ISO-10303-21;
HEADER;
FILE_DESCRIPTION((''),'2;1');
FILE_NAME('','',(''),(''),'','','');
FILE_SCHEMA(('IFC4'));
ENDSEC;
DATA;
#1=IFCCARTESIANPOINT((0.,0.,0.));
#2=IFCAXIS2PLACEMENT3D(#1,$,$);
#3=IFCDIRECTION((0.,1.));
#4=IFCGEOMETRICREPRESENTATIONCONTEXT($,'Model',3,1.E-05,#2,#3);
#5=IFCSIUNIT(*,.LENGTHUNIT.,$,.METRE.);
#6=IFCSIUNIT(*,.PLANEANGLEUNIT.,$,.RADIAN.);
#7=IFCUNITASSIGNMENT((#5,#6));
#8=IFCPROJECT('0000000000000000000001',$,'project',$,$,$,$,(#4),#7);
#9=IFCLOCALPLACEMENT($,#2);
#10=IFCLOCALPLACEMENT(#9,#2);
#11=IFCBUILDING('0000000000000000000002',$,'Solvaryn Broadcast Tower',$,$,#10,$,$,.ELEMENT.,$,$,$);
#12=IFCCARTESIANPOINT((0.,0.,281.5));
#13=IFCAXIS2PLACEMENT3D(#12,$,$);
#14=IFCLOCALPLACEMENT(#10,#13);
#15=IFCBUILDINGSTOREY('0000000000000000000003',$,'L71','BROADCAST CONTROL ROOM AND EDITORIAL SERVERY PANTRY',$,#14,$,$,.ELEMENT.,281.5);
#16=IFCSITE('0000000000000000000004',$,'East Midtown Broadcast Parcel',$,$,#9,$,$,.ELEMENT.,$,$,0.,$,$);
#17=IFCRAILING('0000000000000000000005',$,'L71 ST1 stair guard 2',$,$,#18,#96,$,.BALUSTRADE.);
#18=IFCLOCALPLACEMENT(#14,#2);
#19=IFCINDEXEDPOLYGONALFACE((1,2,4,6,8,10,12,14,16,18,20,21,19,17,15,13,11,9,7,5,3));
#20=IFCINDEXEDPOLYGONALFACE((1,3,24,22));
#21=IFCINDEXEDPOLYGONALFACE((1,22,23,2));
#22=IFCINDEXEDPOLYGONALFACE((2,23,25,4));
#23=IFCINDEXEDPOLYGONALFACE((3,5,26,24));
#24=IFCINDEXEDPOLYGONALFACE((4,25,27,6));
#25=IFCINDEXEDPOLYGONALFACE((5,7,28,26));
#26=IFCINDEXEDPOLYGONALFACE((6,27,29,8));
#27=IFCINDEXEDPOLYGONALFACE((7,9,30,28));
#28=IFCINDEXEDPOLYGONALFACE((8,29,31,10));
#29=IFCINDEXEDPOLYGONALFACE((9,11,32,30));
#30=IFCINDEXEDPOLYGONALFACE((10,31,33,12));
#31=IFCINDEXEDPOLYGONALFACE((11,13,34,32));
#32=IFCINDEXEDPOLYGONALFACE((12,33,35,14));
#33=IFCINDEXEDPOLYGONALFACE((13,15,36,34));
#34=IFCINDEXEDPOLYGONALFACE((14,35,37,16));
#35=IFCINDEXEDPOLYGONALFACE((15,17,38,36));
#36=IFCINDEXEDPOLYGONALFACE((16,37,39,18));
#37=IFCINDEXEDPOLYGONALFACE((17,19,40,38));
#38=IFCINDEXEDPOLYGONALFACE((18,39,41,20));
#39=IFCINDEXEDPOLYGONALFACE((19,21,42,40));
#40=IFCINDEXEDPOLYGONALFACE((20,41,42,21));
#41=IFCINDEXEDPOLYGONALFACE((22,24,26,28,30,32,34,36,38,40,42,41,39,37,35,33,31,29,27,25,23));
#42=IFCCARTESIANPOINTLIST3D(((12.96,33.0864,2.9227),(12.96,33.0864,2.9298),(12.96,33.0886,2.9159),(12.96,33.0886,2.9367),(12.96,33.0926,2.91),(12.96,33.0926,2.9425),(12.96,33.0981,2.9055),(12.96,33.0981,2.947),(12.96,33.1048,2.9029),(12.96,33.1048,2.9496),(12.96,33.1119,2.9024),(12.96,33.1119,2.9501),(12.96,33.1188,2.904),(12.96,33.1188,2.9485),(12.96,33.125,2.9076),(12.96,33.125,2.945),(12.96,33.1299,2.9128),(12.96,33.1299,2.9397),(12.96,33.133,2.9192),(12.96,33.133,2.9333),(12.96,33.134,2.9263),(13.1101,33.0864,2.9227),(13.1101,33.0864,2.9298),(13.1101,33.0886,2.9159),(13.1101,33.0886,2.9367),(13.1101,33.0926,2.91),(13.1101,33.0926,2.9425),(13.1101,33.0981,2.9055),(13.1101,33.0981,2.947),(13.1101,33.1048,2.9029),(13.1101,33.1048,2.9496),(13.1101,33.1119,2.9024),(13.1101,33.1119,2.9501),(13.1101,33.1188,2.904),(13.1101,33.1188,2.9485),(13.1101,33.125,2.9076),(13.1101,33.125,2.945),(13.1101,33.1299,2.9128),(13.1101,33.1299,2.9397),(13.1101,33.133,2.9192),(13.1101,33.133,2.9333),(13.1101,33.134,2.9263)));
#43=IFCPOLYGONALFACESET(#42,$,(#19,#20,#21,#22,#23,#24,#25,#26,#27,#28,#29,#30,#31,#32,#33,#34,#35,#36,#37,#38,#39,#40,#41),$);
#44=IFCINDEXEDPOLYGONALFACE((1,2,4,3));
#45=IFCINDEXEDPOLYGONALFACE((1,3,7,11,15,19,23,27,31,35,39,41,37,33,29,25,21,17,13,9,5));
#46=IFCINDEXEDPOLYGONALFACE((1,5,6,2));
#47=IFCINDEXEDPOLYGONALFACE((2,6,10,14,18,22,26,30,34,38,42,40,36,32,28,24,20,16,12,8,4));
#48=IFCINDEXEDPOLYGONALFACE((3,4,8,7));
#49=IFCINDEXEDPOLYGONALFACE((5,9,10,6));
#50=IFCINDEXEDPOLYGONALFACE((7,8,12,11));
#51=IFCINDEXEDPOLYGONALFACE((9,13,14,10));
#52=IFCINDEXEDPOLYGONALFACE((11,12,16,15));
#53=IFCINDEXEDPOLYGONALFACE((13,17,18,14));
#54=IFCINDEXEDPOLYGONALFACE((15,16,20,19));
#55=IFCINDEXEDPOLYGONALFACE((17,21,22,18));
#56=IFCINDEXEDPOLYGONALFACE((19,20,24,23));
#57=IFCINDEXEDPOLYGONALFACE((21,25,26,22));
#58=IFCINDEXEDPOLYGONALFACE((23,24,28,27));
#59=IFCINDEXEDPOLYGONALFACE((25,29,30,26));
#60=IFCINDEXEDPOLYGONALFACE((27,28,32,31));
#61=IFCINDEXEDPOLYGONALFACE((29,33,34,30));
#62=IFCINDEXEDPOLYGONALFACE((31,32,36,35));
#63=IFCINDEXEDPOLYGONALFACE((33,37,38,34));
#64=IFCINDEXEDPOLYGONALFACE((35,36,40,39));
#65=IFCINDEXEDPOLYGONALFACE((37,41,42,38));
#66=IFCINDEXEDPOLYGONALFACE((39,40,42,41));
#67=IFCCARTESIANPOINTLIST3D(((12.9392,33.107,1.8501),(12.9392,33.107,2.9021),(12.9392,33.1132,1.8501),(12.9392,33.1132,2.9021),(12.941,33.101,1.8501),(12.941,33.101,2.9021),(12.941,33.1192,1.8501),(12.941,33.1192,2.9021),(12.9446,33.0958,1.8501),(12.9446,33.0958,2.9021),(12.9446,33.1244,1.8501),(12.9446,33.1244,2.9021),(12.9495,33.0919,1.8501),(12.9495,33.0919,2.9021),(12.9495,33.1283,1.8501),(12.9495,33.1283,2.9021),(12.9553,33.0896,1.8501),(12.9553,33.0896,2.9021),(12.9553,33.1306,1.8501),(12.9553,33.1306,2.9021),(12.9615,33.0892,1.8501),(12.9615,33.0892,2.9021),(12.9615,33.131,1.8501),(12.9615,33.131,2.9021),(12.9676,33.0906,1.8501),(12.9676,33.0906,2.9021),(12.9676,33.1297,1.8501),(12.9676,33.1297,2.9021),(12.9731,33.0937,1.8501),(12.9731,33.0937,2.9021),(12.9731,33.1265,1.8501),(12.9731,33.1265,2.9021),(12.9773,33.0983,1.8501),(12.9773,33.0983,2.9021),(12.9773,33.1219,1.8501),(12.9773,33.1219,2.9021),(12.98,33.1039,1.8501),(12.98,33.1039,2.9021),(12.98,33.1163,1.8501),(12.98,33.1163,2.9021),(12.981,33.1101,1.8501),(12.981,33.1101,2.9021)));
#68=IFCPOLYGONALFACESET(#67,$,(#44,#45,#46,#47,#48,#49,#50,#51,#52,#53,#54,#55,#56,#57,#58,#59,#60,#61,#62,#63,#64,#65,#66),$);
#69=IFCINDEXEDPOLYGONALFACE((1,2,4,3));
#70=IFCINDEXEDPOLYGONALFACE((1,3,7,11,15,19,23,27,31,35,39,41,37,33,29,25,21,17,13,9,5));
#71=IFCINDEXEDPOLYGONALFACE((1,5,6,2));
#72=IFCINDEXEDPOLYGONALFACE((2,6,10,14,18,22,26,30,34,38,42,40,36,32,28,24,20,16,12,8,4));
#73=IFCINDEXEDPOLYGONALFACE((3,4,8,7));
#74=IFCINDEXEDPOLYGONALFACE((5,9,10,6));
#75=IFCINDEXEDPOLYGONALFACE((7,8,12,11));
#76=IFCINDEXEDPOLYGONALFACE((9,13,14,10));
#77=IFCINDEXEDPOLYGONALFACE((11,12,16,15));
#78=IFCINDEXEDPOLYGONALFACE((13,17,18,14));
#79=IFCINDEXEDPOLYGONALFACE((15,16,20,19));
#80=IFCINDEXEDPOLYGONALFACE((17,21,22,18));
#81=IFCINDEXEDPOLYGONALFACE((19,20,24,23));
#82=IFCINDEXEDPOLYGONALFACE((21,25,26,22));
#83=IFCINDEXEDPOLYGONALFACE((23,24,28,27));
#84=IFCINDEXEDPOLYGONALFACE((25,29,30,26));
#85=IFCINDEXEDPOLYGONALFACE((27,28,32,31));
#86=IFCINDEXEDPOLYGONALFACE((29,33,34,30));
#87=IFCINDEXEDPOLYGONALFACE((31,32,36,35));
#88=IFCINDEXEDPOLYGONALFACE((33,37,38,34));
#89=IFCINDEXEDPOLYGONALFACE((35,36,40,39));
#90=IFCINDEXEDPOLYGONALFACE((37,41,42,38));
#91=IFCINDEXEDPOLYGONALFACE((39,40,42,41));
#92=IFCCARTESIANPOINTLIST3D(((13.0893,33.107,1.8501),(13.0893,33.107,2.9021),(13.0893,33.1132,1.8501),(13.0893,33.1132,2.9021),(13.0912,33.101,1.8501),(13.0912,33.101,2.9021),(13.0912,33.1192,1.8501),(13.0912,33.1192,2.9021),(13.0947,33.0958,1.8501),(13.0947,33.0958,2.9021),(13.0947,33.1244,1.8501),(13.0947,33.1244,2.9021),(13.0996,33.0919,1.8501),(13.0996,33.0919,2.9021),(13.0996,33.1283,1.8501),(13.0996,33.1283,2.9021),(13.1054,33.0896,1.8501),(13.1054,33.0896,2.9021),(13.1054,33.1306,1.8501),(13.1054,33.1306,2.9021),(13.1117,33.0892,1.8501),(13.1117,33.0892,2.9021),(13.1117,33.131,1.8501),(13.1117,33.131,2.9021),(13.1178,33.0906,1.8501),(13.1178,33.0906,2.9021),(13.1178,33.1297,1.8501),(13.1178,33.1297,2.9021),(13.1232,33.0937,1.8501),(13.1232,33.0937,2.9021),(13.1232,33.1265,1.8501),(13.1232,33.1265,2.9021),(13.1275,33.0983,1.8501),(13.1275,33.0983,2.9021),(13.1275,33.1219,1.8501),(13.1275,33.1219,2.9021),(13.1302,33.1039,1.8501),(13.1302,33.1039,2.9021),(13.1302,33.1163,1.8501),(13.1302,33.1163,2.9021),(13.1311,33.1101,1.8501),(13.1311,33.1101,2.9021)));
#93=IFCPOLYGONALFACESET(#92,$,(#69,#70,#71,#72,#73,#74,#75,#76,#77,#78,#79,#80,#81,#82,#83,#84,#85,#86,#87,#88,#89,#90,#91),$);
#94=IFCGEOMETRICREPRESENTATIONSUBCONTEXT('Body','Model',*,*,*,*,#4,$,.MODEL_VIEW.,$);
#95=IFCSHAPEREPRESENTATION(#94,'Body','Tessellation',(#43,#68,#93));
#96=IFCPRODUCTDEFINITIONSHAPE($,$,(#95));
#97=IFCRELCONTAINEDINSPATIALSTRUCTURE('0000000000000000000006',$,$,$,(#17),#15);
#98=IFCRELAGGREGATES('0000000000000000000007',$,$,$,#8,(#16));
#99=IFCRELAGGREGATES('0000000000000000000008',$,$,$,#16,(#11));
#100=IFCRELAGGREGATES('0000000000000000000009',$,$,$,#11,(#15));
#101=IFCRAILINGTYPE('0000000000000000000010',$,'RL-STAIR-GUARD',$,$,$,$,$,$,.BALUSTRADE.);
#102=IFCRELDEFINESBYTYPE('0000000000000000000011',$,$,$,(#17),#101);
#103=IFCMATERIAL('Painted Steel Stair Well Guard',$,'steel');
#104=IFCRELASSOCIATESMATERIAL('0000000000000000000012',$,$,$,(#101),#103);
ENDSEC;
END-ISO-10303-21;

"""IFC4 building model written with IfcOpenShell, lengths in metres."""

from ifc_helpers import new_model, si_unit, direction, frame, origin, origin_2d, place, context, subcontext, project, spatial, circle, extrude, material, type_object, element, save


model = new_model("IFC4")

# Units and contexts
model_context = context("Model", 3, precision=1e-05, world=origin(), true_north=direction((0.0, 1.0)))
body_context = subcontext(model_context, "Body", "Model", "MODEL_VIEW")
ifc_project = project(units=[si_unit("LENGTHUNIT", "METRE"), si_unit("PLANEANGLEUNIT", "RADIAN")], contexts=[model_context])

# Site, building, storey
site_placement = place(None, origin())
site = spatial("IfcSite", under=ifc_project, at=site_placement, Name="East Midtown Broadcast Parcel", CompositionType="ELEMENT", RefElevation=0.0)
building_placement = place(site_placement, origin())
building = spatial("IfcBuilding", under=site, at=building_placement, Name="Solvaryn Broadcast Tower", CompositionType="ELEMENT")
storey_placement = place(building_placement, frame((0.0, 0.0, 281.5)))
storey = spatial("IfcBuildingStorey", under=building, at=storey_placement, Name="L71", Description="BROADCAST CONTROL ROOM AND EDITORIAL SERVERY PANTRY", CompositionType="ELEMENT", Elevation=281.5)

# Railing
ifc_material_1 = material(Name="Painted Steel Stair Well Guard", Category="steel")
railing_type_1 = type_object("IfcRailingType", Name="RL-STAIR-GUARD", PredefinedType="BALUSTRADE", material=ifc_material_1)
railing_1_placement = place(storey_placement, frame((12.96, 33.1101, 1.8501)))
element("IfcRailing", 1, at=railing_1_placement, inside=storey, type_object=railing_type_1, Name="L71 ST1 stair guard 2", PredefinedType="BALUSTRADE", context=body_context, shape_type="SweptSolid", body=[
    extrude(circle(Radius=0.0239, at=origin_2d()), frame((0.0, 0.0, 1.0762), z_axis=(1.0, 0.0, 0.0), x_axis=(0.0, 1.0, 0.0)), (0.0, 0.0, 1.0), 0.1501),
    extrude(circle(Radius=0.021, at=origin_2d()), origin(), (0.0, 0.0, 1.0), 1.052),
    extrude(circle(Radius=0.021, at=origin_2d()), frame((0.1501, 0.0, 0.0)), (0.0, 0.0, 1.0), 1.052),
])

save(model, "model.ifc")
